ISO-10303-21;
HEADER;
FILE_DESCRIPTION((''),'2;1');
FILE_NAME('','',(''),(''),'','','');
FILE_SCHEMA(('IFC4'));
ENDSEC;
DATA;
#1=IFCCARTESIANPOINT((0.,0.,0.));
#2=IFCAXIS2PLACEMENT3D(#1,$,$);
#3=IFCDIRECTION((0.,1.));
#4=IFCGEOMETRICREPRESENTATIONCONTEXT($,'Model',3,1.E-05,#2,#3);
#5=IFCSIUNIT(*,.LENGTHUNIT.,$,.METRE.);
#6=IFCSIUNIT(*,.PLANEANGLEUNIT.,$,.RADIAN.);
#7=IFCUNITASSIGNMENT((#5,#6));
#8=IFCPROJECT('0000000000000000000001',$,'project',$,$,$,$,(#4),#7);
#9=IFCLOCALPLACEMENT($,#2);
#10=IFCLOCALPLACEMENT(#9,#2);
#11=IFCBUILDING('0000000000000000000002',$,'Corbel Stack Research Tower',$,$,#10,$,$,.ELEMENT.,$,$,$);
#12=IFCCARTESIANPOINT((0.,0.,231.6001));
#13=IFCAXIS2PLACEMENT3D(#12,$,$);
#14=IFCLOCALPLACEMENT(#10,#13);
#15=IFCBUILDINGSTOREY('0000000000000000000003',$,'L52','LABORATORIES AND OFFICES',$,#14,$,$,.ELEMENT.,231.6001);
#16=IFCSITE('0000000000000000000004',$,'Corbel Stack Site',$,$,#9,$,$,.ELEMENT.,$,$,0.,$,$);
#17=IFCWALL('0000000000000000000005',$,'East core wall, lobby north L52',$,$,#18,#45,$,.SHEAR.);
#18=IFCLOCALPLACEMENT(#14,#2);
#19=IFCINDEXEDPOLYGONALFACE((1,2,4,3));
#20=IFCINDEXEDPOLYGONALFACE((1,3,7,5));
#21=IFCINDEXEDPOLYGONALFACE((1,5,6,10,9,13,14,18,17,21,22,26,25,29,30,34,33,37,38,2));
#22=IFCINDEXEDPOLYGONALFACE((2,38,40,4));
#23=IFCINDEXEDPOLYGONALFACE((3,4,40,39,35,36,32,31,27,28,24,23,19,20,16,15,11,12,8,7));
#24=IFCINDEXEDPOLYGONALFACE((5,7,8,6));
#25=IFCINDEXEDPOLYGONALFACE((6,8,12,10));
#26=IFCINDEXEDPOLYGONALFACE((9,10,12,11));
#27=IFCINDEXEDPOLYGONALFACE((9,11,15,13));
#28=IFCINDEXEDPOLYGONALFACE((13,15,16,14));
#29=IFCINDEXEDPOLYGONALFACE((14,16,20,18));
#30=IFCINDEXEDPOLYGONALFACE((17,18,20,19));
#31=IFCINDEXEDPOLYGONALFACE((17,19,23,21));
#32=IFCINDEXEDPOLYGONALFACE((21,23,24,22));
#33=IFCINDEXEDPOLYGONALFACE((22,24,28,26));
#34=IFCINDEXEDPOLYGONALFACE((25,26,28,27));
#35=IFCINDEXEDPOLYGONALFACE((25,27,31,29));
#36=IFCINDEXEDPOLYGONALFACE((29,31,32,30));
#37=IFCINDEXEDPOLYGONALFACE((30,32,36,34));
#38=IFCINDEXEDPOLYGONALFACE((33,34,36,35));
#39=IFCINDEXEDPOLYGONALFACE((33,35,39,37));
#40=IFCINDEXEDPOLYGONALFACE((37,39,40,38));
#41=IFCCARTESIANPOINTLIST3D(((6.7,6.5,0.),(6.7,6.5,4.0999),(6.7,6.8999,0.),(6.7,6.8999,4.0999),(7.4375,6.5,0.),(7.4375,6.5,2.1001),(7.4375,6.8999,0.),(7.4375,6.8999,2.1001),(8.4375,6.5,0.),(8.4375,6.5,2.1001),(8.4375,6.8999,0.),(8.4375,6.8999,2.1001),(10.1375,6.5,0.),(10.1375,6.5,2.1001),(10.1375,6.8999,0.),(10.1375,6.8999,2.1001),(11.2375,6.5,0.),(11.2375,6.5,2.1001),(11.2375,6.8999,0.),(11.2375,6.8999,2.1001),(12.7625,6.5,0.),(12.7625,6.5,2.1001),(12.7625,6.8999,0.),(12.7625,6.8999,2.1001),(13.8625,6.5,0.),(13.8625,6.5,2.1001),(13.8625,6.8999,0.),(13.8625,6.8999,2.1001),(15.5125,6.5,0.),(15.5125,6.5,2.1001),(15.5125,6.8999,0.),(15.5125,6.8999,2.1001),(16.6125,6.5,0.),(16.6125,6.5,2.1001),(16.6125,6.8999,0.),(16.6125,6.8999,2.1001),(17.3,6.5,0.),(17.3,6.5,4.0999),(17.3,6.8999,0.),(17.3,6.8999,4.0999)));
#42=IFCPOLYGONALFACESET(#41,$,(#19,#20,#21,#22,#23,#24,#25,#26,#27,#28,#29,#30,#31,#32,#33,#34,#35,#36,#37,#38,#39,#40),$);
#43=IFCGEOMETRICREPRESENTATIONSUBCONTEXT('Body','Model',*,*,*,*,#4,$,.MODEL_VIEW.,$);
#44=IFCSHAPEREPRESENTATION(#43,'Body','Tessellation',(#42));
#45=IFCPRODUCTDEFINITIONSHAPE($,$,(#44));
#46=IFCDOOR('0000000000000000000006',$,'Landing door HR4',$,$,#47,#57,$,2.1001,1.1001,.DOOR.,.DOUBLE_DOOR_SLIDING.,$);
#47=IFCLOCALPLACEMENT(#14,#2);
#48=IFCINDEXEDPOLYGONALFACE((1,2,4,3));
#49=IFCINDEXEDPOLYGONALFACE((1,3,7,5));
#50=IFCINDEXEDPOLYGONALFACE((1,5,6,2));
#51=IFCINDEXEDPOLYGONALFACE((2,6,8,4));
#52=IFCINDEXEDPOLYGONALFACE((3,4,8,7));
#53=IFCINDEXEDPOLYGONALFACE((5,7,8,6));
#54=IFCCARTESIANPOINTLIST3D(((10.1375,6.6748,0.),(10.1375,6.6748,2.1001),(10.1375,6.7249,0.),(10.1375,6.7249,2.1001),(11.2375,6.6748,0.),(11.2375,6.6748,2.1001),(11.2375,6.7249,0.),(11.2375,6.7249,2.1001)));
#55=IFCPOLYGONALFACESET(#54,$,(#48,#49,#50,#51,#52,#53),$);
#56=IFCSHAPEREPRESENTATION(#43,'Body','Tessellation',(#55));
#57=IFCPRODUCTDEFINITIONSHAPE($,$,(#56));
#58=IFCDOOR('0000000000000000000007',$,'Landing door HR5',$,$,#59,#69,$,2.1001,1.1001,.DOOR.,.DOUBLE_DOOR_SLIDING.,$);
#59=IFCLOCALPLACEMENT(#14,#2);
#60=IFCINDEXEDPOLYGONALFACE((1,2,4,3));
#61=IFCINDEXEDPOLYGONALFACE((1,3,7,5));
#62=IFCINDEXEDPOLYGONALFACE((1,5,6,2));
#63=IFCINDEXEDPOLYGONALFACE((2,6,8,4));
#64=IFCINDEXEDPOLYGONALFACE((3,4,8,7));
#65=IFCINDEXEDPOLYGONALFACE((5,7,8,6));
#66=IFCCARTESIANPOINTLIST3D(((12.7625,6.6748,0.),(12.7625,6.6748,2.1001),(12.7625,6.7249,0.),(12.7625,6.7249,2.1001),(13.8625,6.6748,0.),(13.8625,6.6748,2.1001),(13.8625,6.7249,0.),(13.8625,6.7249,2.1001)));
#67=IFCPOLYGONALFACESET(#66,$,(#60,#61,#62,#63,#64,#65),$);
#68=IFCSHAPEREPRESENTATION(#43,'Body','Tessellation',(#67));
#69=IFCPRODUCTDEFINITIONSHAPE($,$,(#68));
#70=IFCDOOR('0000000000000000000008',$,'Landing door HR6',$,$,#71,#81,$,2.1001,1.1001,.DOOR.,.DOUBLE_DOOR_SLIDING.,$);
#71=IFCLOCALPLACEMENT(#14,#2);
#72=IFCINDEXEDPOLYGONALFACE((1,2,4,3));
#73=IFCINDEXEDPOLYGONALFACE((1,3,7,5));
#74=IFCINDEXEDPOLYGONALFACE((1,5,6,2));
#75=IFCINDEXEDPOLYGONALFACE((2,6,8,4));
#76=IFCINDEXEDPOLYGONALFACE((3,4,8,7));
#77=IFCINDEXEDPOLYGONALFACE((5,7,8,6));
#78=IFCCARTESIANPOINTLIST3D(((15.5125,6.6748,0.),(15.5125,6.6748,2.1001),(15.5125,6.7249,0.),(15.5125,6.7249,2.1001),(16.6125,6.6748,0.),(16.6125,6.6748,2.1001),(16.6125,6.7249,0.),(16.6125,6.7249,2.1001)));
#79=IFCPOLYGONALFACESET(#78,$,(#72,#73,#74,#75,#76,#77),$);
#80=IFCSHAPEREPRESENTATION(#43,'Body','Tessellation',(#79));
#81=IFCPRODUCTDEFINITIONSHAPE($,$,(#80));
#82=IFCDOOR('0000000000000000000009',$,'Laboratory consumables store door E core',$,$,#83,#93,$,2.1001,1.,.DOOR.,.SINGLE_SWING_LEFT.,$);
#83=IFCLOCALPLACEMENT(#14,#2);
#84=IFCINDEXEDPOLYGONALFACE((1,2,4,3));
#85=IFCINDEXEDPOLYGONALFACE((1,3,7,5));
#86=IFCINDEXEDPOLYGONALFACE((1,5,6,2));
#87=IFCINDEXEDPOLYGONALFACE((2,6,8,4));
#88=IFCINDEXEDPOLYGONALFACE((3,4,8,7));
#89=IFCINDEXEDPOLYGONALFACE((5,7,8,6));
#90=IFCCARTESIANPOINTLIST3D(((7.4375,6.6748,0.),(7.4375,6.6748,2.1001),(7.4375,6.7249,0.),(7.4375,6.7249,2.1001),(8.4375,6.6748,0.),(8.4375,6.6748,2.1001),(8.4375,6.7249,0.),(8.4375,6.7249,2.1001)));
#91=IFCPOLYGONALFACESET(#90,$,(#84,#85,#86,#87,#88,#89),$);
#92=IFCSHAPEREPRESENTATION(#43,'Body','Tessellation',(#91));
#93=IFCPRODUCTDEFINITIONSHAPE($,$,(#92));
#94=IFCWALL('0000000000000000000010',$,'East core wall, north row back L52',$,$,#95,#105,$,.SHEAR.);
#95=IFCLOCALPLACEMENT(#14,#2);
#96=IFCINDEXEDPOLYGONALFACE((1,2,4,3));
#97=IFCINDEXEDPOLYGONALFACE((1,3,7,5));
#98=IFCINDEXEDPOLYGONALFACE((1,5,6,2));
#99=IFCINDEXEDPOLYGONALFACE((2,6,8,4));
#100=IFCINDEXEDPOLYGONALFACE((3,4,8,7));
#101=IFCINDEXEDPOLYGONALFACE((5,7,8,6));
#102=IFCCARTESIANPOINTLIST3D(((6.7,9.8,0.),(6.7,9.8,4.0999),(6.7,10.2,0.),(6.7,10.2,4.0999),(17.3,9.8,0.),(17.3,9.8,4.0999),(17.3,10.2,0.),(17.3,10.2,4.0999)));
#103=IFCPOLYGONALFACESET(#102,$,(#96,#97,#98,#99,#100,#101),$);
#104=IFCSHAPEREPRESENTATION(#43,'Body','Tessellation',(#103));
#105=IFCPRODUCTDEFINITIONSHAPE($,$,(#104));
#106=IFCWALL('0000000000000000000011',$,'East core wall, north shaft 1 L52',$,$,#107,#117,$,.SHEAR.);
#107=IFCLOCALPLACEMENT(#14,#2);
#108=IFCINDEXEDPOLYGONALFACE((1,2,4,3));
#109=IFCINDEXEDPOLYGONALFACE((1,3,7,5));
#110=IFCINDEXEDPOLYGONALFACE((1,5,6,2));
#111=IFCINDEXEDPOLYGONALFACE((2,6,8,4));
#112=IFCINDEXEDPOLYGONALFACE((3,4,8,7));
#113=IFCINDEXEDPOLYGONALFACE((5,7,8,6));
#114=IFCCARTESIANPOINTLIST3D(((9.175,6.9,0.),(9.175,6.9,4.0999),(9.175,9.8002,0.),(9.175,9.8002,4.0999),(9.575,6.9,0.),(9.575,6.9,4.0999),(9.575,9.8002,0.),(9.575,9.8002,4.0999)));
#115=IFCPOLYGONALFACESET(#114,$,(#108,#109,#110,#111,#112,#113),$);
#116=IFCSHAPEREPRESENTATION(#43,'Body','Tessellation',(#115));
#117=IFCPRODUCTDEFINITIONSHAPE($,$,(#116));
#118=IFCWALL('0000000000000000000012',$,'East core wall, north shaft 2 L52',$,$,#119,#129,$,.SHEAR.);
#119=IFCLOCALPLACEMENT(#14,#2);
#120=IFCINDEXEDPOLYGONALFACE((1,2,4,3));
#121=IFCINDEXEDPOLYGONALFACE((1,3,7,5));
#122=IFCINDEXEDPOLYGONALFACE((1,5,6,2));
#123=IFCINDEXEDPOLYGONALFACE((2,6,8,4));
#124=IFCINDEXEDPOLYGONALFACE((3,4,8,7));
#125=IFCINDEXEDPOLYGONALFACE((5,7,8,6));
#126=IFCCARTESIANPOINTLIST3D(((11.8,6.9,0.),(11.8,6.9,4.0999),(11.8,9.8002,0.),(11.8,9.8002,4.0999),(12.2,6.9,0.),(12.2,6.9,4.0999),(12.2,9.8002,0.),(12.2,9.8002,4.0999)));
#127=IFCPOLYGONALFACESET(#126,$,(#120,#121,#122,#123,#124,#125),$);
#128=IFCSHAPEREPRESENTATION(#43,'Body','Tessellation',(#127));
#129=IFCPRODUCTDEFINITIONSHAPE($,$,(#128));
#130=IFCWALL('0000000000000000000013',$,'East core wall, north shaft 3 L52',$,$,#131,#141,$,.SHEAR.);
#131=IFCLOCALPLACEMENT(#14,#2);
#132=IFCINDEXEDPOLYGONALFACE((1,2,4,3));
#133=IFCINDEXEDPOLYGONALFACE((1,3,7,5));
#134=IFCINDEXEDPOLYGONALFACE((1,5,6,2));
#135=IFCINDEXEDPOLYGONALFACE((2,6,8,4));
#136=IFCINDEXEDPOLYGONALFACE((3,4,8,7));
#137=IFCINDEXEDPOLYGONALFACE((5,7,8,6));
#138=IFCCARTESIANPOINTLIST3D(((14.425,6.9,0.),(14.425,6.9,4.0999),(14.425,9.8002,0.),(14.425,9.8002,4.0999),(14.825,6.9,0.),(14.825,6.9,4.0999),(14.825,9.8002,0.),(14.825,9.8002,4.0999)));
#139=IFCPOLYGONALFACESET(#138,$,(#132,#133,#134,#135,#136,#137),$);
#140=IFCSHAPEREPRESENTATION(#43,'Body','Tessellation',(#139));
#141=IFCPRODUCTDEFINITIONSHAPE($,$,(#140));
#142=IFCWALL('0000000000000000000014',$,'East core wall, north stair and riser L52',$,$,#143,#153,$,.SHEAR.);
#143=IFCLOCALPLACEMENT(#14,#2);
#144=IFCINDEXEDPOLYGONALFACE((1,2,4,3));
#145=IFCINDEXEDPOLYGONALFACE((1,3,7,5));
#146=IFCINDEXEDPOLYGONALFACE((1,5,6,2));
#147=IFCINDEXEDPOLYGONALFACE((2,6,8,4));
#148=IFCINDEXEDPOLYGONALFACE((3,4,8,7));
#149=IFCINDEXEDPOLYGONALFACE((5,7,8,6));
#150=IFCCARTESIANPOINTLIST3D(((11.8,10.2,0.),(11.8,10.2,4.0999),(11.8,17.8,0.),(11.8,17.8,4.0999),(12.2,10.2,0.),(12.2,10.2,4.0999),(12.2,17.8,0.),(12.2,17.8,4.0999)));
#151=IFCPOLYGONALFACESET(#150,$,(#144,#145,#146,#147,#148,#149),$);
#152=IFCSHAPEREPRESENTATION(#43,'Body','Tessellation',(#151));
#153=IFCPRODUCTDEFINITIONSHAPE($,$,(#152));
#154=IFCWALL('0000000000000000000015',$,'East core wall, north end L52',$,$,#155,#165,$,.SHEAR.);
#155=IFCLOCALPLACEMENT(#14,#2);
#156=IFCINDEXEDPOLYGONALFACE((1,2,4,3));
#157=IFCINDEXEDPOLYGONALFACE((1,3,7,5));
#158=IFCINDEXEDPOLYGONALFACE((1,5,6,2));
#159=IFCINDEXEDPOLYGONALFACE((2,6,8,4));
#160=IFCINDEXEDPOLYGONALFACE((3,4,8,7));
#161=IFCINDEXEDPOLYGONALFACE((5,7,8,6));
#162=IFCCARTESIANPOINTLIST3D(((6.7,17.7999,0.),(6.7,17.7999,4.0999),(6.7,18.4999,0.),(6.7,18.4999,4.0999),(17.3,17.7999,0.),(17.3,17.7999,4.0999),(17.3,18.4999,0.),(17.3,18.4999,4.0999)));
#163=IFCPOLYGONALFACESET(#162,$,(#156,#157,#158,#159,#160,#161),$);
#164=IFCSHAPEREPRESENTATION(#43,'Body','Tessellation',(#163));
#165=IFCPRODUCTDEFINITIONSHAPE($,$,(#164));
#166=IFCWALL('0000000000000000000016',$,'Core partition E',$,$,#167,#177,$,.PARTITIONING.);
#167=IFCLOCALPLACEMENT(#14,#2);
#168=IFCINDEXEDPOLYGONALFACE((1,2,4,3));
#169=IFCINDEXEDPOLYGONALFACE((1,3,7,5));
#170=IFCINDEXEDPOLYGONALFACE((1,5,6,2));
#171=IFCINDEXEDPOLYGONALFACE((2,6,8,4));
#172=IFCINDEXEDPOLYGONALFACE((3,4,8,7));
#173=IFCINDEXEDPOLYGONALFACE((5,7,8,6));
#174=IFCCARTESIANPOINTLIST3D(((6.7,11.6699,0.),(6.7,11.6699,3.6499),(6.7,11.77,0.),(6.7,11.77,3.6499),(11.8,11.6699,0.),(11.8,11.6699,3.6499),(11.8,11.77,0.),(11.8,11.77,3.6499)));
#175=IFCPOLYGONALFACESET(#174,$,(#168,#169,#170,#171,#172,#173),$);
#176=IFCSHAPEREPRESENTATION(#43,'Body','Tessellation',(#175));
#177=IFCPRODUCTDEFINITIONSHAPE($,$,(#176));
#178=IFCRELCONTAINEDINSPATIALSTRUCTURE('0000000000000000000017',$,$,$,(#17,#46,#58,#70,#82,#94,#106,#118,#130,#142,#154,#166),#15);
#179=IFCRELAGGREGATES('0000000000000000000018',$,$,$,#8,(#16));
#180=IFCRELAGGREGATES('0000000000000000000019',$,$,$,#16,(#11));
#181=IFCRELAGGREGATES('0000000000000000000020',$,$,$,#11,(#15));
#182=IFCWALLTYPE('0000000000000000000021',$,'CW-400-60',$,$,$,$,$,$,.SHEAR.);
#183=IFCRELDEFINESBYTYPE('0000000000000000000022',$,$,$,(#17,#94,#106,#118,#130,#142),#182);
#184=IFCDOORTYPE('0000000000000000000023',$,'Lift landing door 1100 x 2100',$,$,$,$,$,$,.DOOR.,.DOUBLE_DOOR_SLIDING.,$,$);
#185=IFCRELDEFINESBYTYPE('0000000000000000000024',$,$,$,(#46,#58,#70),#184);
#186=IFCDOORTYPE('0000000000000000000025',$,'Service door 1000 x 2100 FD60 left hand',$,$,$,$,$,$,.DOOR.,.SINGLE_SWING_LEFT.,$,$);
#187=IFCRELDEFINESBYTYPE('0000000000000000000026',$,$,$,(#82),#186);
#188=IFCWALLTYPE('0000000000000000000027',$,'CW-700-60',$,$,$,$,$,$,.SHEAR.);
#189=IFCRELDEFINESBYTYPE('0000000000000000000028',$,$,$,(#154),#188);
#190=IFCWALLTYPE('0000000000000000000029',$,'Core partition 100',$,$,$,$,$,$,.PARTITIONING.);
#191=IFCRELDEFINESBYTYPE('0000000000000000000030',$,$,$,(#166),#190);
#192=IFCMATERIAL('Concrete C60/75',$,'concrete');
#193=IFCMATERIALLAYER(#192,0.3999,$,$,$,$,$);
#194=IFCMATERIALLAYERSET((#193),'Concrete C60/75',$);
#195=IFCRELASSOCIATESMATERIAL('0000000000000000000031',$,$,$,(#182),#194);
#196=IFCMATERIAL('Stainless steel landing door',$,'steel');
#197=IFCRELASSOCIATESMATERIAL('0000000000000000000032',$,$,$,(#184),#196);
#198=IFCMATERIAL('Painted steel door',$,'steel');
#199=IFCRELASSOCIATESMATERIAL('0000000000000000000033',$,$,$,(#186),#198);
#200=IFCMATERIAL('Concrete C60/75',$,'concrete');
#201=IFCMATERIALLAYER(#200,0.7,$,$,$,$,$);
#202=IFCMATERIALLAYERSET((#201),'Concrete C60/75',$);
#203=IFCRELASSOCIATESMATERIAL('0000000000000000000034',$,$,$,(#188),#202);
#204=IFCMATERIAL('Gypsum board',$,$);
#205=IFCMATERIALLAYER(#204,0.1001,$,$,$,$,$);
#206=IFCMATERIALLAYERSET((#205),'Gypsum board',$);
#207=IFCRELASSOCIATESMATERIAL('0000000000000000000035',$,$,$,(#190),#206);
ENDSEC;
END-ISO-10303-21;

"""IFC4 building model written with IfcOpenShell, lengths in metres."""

from ifc_helpers import new_model, si_unit, direction, frame, frame_2d, origin, place, context, subcontext, project, spatial, rectangle, extrude, material, layer, layer_set, type_object, element, fill, save


model = new_model("IFC4")

# Units and contexts
model_context = context("Model", 3, precision=1e-05, world=origin(), true_north=direction((0.0, 1.0)))
body_context = subcontext(model_context, "Body", "Model", "MODEL_VIEW")
ifc_project = project(units=[si_unit("LENGTHUNIT", "METRE"), si_unit("PLANEANGLEUNIT", "RADIAN")], contexts=[model_context])

# Site, building, storey
site_placement = place(None, origin())
site = spatial("IfcSite", under=ifc_project, at=site_placement, Name="Corbel Stack Site", CompositionType="ELEMENT", RefElevation=0.0)
building_placement = place(site_placement, origin())
building = spatial("IfcBuilding", under=site, at=building_placement, Name="Corbel Stack Research Tower", CompositionType="ELEMENT")
storey_placement = place(building_placement, frame((0.0, 0.0, 231.6001)))
storey = spatial("IfcBuildingStorey", under=building, at=storey_placement, Name="L52", Description="LABORATORIES AND OFFICES", CompositionType="ELEMENT", Elevation=231.6001)

# Wall, openings, doors
ifc_material_1 = material(Name="Concrete C60/75", Category="concrete")
ifc_layer_1 = layer(ifc_material_1, 0.3999)
ifc_layer_set_1 = layer_set([ifc_layer_1], Name="Concrete C60/75")
wall_type_1 = type_object("IfcWallType", Name="CW-400-60", PredefinedType="SHEAR", material=ifc_layer_set_1)
ifc_material_2 = material(Name="Stainless steel landing door", Category="steel")
door_type_1 = type_object("IfcDoorType", Name="Lift landing door 1100 x 2100", OperationType="DOUBLE_DOOR_SLIDING", PredefinedType="DOOR", material=ifc_material_2)
ifc_material_3 = material(Name="Painted steel door", Category="steel")
door_type_2 = type_object("IfcDoorType", Name="Service door 1000 x 2100 FD60 left hand", OperationType="SINGLE_SWING_LEFT", PredefinedType="DOOR", material=ifc_material_3)
wall_1_placement = place(storey_placement, frame((6.7, 6.7, 0.0), z_axis=(0.0, 0.0, 1.0), x_axis=(1.0, 0.0, 0.0)))
wall_1 = element("IfcWall", 1, at=wall_1_placement, inside=storey, type_object=wall_type_1, Name="East core wall, lobby north L52", PredefinedType="SHEAR", context=body_context, shape_type="SweptSolid", body=[
    extrude(rectangle(XDim=10.6001, YDim=0.3999, at=frame_2d((5.3, 0.0))), origin(), (0.0, 0.0, 1.0), 4.0999),
])
opening_1_placement = place(wall_1_placement, frame((3.4375, 0.0, 0.0)))
opening_1 = element("IfcOpeningElement", 2, at=opening_1_placement, cuts=wall_1, PredefinedType="OPENING", context=body_context, shape_type="SweptSolid", body=[
    extrude(rectangle(XDim=1.1001, YDim=2.1001, at=frame_2d((0.55, 1.05))), frame((0.0, 0.21, 0.0), z_axis=(0.0, -1.0, 0.0), x_axis=(1.0, 0.0, 0.0)), (0.0, 0.0, 1.0), 0.4199),
])
opening_2_placement = place(wall_1_placement, frame((6.0625, 0.0, 0.0)))
opening_2 = element("IfcOpeningElement", 3, at=opening_2_placement, cuts=wall_1, PredefinedType="OPENING", context=body_context, shape_type="SweptSolid", body=[
    extrude(rectangle(XDim=1.1001, YDim=2.1001, at=frame_2d((0.55, 1.05))), frame((0.0, 0.21, 0.0), z_axis=(0.0, -1.0, 0.0), x_axis=(1.0, 0.0, 0.0)), (0.0, 0.0, 1.0), 0.4199),
])
opening_3_placement = place(wall_1_placement, frame((8.8125, 0.0, 0.0)))
opening_3 = element("IfcOpeningElement", 4, at=opening_3_placement, cuts=wall_1, PredefinedType="OPENING", context=body_context, shape_type="SweptSolid", body=[
    extrude(rectangle(XDim=1.1001, YDim=2.1001, at=frame_2d((0.55, 1.05))), frame((0.0, 0.21, 0.0), z_axis=(0.0, -1.0, 0.0), x_axis=(1.0, 0.0, 0.0)), (0.0, 0.0, 1.0), 0.4199),
])
opening_4_placement = place(wall_1_placement, frame((0.7375, 0.0, 0.0)))
opening_4 = element("IfcOpeningElement", 5, at=opening_4_placement, cuts=wall_1, PredefinedType="OPENING", context=body_context, shape_type="SweptSolid", body=[
    extrude(rectangle(XDim=1.0, YDim=2.1001, at=frame_2d((0.5, 1.05))), frame((0.0, 0.21, 0.0), z_axis=(0.0, -1.0, 0.0), x_axis=(1.0, 0.0, 0.0)), (0.0, 0.0, 1.0), 0.4199),
])
door_1_placement = place(opening_1_placement, origin())
door_1 = element("IfcDoor", 6, at=door_1_placement, inside=storey, type_object=door_type_1, Name="Landing door HR4", OperationType="DOUBLE_DOOR_SLIDING", OverallHeight=2.1001, OverallWidth=1.1001, PredefinedType="DOOR", context=body_context, shape_type="SweptSolid", body=[
    extrude(rectangle(XDim=1.1001, YDim=2.1001, at=frame_2d((0.55, 1.05))), frame((0.0, 0.0249, 0.0), z_axis=(0.0, -1.0, 0.0), x_axis=(1.0, 0.0, 0.0)), (0.0, 0.0, 1.0), 0.05),
])
fill(opening_1, door_1)
door_2_placement = place(opening_2_placement, origin())
door_2 = element("IfcDoor", 7, at=door_2_placement, inside=storey, type_object=door_type_1, Name="Landing door HR5", OperationType="DOUBLE_DOOR_SLIDING", OverallHeight=2.1001, OverallWidth=1.1001, PredefinedType="DOOR", context=body_context, shape_type="SweptSolid", body=[
    extrude(rectangle(XDim=1.1001, YDim=2.1001, at=frame_2d((0.55, 1.05))), frame((0.0, 0.0249, 0.0), z_axis=(0.0, -1.0, 0.0), x_axis=(1.0, 0.0, 0.0)), (0.0, 0.0, 1.0), 0.05),
])
fill(opening_2, door_2)
door_3_placement = place(opening_3_placement, origin())
door_3 = element("IfcDoor", 8, at=door_3_placement, inside=storey, type_object=door_type_1, Name="Landing door HR6", OperationType="DOUBLE_DOOR_SLIDING", OverallHeight=2.1001, OverallWidth=1.1001, PredefinedType="DOOR", context=body_context, shape_type="SweptSolid", body=[
    extrude(rectangle(XDim=1.1001, YDim=2.1001, at=frame_2d((0.55, 1.05))), frame((0.0, 0.0249, 0.0), z_axis=(0.0, -1.0, 0.0), x_axis=(1.0, 0.0, 0.0)), (0.0, 0.0, 1.0), 0.05),
])
fill(opening_3, door_3)
door_4_placement = place(opening_4_placement, origin())
door_4 = element("IfcDoor", 9, at=door_4_placement, inside=storey, type_object=door_type_2, Name="Laboratory consumables store door E core", OperationType="SINGLE_SWING_LEFT", OverallHeight=2.1001, OverallWidth=1.0, PredefinedType="DOOR", context=body_context, shape_type="SweptSolid", body=[
    extrude(rectangle(XDim=1.0, YDim=2.1001, at=frame_2d((0.5, 1.05))), frame((0.0, 0.0249, 0.0), z_axis=(0.0, -1.0, 0.0), x_axis=(1.0, 0.0, 0.0)), (0.0, 0.0, 1.0), 0.05),
])
fill(opening_4, door_4)

# Walls
wall_2_placement = place(storey_placement, frame((6.7, 10.0, 0.0), z_axis=(0.0, 0.0, 1.0), x_axis=(1.0, 0.0, 0.0)))
element("IfcWall", 10, at=wall_2_placement, inside=storey, type_object=wall_type_1, Name="East core wall, north row back L52", PredefinedType="SHEAR", context=body_context, shape_type="SweptSolid", body=[
    extrude(rectangle(XDim=10.6001, YDim=0.3999, at=frame_2d((5.3, 0.0))), origin(), (0.0, 0.0, 1.0), 4.0999),
])
for number, where, z_axis, x_axis, name in (
    (11, (9.375, 6.8999, 0.0), (0.0, 0.0, 1.0), (0.0, 1.0, 0.0), "East core wall, north shaft 1 L52"),
    (12, (12.0, 6.8999, 0.0), (0.0, 0.0, 1.0), (0.0, 1.0, 0.0), "East core wall, north shaft 2 L52"),
    (13, (14.625, 6.8999, 0.0), (0.0, 0.0, 1.0), (0.0, 1.0, 0.0), "East core wall, north shaft 3 L52"),
):
    element("IfcWall", number, at=place(storey_placement, frame(where, z_axis=z_axis, x_axis=x_axis)), inside=storey, type_object=wall_type_1, Name=name, PredefinedType="SHEAR", context=body_context, shape_type="SweptSolid", body=[
        extrude(rectangle(XDim=2.9001, YDim=0.3999, at=frame_2d((1.4502, 0.0))), origin(), (0.0, 0.0, 1.0), 4.0999),
    ])
wall_3_placement = place(storey_placement, frame((12.0, 10.2, 0.0), z_axis=(0.0, 0.0, 1.0), x_axis=(0.0, 1.0, 0.0)))
element("IfcWall", 14, at=wall_3_placement, inside=storey, type_object=wall_type_1, Name="East core wall, north stair and riser L52", PredefinedType="SHEAR", context=body_context, shape_type="SweptSolid", body=[
    extrude(rectangle(XDim=7.6001, YDim=0.3999, at=frame_2d((3.8, 0.0))), origin(), (0.0, 0.0, 1.0), 4.0999),
])
ifc_material_4 = material(Name="Concrete C60/75", Category="concrete")
ifc_layer_2 = layer(ifc_material_4, 0.7)
ifc_layer_set_2 = layer_set([ifc_layer_2], Name="Concrete C60/75")
wall_type_2 = type_object("IfcWallType", Name="CW-700-60", PredefinedType="SHEAR", material=ifc_layer_set_2)
wall_4_placement = place(storey_placement, frame((6.7, 18.1499, 0.0), z_axis=(0.0, 0.0, 1.0), x_axis=(1.0, 0.0, 0.0)))
element("IfcWall", 15, at=wall_4_placement, inside=storey, type_object=wall_type_2, Name="East core wall, north end L52", PredefinedType="SHEAR", context=body_context, shape_type="SweptSolid", body=[
    extrude(rectangle(XDim=10.6001, YDim=0.7, at=frame_2d((5.3, 0.0))), origin(), (0.0, 0.0, 1.0), 4.0999),
])
ifc_material_5 = material(Name="Gypsum board")
ifc_layer_3 = layer(ifc_material_5, 0.1001)
ifc_layer_set_3 = layer_set([ifc_layer_3], Name="Gypsum board")
wall_type_3 = type_object("IfcWallType", Name="Core partition 100", PredefinedType="PARTITIONING", material=ifc_layer_set_3)
for number, where, z_axis, x_axis, name in (
    (16, (6.7, 11.72, 0.0), (0.0, 0.0, 1.0), (1.0, 0.0, 0.0), "Core partition E"),
):
    element("IfcWall", number, at=place(storey_placement, frame(where, z_axis=z_axis, x_axis=x_axis)), inside=storey, type_object=wall_type_3, Name=name, PredefinedType="PARTITIONING", context=body_context, shape_type="SweptSolid", body=[
        extrude(rectangle(XDim=5.1001, YDim=0.1001, at=frame_2d((2.55, 0.0))), origin(), (0.0, 0.0, 1.0), 3.6499),
    ])

save(model, "model.ifc")
